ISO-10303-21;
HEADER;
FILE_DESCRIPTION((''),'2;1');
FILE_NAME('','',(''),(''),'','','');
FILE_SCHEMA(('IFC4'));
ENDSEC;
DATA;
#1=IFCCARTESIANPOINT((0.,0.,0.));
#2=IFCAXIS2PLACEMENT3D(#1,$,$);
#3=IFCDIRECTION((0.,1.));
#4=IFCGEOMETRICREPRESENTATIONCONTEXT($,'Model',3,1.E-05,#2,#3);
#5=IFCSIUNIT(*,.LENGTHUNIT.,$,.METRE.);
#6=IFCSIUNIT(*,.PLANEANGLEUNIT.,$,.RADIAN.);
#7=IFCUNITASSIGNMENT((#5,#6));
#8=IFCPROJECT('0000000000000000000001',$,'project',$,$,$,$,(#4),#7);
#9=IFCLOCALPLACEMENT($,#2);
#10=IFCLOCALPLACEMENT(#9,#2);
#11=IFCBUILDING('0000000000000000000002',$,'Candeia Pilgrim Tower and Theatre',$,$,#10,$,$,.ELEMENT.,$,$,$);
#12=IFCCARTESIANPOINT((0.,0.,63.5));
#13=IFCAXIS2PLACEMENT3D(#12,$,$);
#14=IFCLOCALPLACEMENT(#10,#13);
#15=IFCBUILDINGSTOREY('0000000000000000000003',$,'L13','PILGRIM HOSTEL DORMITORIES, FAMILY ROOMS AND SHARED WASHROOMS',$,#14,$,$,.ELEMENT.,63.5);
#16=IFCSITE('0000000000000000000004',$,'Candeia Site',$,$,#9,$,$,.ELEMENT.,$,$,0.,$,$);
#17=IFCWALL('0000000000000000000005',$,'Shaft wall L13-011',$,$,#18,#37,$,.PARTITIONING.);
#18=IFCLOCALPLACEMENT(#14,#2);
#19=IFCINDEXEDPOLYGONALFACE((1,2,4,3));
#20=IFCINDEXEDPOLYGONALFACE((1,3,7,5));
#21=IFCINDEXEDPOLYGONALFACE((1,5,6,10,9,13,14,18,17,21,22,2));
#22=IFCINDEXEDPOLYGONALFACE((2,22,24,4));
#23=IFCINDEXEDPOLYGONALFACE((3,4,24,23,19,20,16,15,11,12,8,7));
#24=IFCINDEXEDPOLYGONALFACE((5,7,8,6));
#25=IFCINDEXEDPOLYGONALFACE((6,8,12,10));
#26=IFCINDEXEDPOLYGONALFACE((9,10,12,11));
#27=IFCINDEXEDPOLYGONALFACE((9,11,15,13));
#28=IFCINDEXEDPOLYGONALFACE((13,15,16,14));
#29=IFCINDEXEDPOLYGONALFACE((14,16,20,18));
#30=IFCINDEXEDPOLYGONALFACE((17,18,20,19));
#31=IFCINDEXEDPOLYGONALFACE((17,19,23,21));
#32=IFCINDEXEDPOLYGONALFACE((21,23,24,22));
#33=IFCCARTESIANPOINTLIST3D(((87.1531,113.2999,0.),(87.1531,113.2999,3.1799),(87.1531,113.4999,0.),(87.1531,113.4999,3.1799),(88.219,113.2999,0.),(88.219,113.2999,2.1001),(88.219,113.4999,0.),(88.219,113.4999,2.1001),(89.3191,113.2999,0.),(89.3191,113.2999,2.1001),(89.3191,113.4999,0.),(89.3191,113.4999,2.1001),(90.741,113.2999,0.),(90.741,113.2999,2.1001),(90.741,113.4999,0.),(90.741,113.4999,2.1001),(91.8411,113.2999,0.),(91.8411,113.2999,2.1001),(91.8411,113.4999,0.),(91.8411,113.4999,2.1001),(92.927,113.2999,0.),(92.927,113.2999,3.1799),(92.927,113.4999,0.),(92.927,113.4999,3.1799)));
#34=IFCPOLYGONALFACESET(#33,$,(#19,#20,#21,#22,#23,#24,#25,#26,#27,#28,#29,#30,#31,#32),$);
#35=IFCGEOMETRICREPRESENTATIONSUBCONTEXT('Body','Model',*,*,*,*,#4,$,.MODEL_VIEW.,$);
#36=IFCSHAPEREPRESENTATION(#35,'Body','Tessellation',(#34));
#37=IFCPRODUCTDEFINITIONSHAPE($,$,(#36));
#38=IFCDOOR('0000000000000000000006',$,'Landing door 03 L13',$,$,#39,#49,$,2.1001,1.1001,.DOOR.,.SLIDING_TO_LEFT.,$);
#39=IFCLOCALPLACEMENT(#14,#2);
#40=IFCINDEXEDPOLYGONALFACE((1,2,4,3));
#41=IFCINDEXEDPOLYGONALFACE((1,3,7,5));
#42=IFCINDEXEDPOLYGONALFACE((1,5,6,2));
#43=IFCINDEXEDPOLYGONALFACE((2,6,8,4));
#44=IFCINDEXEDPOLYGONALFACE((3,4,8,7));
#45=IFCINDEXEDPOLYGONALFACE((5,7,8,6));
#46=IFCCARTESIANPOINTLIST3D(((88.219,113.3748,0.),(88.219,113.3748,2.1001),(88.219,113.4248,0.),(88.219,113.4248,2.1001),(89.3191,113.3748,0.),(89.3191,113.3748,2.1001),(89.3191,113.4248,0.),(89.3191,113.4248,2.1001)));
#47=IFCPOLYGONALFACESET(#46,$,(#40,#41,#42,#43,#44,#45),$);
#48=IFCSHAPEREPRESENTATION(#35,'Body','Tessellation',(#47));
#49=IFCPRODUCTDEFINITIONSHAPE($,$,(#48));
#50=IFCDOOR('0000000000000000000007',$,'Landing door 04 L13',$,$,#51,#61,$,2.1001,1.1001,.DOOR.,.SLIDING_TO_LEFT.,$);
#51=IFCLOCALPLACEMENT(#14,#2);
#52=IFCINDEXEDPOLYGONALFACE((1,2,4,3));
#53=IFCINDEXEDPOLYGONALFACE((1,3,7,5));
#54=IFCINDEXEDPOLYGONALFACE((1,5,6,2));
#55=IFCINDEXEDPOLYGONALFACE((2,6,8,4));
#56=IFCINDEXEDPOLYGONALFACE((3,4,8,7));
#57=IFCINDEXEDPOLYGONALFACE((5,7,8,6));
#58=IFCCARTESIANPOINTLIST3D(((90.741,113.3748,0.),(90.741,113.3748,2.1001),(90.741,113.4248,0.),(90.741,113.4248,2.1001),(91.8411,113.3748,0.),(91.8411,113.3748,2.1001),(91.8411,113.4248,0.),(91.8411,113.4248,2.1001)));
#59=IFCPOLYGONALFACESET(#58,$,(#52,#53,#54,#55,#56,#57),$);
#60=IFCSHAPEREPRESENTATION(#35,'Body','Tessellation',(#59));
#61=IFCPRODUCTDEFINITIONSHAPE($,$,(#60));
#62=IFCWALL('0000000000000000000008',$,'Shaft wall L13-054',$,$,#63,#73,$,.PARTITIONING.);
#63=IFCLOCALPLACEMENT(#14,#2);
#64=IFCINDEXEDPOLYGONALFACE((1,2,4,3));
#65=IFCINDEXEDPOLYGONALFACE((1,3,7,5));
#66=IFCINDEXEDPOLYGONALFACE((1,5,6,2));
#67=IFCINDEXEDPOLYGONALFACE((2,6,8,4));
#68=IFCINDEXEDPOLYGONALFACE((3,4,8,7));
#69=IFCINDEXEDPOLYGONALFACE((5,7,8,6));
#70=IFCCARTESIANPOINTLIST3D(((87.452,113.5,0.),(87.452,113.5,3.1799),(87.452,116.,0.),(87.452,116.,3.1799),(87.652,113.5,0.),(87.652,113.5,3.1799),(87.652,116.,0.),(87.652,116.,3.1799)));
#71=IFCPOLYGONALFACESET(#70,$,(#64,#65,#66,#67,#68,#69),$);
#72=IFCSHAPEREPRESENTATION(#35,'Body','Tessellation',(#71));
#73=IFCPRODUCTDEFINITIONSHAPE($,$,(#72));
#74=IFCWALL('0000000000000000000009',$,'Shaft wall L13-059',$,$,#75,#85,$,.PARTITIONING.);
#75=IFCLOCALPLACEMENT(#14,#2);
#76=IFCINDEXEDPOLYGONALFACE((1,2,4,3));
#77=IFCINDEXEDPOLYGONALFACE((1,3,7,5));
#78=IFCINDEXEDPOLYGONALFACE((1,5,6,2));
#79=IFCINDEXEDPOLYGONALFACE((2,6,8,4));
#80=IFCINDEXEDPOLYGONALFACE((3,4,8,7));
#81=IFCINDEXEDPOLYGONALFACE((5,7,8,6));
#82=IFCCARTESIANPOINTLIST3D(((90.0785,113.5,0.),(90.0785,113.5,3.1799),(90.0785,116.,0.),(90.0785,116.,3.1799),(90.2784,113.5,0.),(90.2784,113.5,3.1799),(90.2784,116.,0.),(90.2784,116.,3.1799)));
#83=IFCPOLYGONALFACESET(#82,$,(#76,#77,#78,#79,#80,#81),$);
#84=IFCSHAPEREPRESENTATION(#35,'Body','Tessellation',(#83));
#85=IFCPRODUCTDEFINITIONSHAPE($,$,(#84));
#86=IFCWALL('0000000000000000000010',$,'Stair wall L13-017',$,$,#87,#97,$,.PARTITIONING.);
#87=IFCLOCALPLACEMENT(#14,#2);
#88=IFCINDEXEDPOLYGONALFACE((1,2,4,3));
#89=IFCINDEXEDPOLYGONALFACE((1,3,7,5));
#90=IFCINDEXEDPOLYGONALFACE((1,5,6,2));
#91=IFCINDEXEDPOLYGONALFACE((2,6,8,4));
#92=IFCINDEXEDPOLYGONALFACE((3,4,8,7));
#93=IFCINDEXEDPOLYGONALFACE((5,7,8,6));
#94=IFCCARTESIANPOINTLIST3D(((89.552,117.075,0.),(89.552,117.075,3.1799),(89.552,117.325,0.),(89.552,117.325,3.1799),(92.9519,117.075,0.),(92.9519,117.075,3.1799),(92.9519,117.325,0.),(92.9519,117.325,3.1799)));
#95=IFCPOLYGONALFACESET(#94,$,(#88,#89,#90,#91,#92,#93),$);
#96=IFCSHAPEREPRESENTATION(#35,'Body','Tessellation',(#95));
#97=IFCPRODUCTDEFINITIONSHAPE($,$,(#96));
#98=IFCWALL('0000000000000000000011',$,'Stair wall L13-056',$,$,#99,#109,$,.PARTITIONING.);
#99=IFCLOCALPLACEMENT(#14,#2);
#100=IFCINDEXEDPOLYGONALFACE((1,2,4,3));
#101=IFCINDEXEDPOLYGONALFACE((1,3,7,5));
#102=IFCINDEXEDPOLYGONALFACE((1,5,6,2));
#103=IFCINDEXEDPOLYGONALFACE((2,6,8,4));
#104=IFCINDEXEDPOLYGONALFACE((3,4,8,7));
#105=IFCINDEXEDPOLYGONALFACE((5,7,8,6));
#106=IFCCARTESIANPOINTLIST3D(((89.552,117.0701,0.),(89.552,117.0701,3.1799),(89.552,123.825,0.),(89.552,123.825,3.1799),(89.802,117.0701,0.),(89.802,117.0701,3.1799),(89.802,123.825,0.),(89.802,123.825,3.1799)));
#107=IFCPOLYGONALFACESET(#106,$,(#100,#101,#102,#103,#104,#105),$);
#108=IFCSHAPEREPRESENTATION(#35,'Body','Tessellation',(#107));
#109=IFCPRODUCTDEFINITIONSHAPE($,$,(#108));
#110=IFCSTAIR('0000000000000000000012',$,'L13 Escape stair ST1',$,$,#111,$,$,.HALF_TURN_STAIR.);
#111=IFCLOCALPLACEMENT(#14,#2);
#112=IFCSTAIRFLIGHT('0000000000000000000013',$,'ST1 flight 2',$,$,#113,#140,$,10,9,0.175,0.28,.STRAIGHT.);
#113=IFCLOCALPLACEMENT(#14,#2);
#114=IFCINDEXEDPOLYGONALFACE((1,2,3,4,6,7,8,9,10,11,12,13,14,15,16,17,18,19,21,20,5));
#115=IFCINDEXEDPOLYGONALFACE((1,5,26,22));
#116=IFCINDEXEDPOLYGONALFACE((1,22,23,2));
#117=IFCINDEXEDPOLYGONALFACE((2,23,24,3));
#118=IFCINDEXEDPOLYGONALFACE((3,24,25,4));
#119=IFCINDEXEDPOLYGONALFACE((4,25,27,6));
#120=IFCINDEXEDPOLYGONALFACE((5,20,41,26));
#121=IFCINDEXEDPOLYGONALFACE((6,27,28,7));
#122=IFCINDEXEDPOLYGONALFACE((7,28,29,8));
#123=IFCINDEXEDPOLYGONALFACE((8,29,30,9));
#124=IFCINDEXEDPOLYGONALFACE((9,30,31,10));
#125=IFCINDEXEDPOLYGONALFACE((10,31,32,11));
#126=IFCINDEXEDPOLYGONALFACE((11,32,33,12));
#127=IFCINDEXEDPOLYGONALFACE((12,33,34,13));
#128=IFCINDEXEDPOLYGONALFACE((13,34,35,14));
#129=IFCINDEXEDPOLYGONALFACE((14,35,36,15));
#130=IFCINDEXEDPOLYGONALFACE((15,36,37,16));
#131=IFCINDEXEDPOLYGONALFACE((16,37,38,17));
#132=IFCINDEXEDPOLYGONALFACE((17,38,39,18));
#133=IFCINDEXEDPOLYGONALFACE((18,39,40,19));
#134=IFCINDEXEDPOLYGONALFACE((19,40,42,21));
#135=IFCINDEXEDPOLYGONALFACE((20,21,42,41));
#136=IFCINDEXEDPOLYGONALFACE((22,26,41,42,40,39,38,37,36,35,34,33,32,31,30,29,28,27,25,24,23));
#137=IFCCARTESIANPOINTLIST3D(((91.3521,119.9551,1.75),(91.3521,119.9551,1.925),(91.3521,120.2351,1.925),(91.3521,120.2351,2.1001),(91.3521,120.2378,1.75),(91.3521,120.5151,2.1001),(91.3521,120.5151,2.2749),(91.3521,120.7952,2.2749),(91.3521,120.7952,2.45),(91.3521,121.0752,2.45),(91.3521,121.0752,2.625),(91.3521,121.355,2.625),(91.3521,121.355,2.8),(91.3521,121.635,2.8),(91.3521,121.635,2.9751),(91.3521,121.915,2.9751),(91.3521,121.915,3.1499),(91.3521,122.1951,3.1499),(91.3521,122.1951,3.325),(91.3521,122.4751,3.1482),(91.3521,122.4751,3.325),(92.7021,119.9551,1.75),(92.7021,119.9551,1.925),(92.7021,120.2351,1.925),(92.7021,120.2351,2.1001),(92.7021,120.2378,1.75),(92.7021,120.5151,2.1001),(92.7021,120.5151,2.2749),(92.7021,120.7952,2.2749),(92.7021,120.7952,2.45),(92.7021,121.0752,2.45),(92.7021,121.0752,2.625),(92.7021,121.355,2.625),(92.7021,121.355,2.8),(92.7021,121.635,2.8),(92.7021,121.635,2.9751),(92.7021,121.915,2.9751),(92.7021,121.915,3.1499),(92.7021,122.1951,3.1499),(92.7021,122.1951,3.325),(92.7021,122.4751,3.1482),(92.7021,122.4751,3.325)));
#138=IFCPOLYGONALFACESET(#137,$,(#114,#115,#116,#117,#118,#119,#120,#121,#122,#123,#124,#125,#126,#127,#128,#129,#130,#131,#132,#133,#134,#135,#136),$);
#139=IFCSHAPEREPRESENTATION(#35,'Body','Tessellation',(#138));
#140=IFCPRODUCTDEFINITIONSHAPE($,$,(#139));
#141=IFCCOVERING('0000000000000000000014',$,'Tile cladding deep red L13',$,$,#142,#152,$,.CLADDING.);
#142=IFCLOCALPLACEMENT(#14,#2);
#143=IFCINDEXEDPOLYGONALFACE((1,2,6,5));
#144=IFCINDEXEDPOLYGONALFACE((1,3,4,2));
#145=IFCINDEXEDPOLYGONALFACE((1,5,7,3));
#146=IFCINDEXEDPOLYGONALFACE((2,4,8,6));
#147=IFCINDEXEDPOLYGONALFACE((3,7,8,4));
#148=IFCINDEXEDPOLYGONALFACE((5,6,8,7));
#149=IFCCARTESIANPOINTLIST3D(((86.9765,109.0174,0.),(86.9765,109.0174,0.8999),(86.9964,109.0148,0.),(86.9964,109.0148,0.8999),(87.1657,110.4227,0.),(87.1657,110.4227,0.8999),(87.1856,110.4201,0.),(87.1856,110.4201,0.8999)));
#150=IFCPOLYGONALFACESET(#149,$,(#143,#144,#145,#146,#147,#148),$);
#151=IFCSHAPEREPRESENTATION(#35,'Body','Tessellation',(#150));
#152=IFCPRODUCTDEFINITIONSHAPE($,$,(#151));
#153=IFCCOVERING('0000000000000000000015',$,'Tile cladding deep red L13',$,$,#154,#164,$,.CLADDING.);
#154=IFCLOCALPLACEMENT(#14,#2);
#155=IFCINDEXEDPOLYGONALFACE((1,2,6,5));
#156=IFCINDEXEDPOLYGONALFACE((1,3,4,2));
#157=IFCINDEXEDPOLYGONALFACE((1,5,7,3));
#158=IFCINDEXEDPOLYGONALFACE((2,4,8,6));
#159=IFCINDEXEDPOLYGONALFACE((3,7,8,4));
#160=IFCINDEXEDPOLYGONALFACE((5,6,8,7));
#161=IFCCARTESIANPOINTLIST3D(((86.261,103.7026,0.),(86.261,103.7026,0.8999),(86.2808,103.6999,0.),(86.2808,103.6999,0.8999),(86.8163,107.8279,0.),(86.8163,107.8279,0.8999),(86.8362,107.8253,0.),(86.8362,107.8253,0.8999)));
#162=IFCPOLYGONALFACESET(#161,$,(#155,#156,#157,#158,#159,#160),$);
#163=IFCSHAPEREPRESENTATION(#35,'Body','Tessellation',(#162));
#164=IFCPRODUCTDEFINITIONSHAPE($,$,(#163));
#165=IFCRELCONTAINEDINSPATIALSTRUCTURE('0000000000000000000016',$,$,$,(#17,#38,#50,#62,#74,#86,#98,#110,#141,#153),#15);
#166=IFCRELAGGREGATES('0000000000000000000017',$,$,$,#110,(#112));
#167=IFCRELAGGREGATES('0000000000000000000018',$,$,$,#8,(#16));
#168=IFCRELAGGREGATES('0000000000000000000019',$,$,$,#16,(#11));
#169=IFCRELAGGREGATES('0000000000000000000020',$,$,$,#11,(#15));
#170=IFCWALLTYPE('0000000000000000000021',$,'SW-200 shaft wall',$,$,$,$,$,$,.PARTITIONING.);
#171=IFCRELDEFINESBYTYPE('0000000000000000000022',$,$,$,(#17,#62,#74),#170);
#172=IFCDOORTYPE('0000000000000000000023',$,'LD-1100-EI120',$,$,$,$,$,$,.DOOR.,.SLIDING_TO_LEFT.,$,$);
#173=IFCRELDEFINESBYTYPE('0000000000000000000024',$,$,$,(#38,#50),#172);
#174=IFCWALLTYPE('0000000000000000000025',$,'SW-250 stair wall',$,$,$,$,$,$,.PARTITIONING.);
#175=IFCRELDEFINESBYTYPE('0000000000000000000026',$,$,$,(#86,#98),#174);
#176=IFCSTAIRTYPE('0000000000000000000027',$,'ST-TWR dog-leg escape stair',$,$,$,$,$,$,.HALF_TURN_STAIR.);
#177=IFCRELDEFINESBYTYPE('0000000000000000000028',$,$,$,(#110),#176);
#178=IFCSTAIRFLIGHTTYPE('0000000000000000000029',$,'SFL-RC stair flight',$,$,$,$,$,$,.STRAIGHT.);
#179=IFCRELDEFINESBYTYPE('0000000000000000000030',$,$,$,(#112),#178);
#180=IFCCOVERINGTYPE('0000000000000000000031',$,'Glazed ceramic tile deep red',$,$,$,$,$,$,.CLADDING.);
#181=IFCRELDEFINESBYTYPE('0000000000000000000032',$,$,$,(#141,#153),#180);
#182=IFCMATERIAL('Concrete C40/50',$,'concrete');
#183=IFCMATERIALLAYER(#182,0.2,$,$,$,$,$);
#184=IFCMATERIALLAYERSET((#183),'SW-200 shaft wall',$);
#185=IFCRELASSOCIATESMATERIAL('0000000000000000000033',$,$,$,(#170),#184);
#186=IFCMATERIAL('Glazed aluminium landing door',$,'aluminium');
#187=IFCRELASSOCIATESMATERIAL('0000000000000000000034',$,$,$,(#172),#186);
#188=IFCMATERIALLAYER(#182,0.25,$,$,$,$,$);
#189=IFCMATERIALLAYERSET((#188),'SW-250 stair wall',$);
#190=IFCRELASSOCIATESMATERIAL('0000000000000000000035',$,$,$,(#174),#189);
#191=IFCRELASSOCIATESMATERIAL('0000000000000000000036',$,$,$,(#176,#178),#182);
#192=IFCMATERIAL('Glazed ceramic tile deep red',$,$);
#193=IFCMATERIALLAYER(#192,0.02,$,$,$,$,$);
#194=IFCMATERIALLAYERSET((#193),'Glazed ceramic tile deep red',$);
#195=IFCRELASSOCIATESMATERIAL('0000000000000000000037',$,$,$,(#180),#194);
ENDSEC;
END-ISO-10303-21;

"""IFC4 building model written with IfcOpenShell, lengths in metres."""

from ifc_helpers import new_model, si_unit, direction, frame, frame_2d, origin, origin_2d, place, context, subcontext, project, spatial, polyline, rectangle, outline, extrude, material, layer, layer_set, type_object, element, fill, aggregate, save


model = new_model("IFC4")

# Units and contexts
model_context = context("Model", 3, precision=1e-05, world=origin(), true_north=direction((0.0, 1.0)))
body_context = subcontext(model_context, "Body", "Model", "MODEL_VIEW")
ifc_project = project(units=[si_unit("LENGTHUNIT", "METRE"), si_unit("PLANEANGLEUNIT", "RADIAN")], contexts=[model_context])

# Site, building, storey
site_placement = place(None, origin())
site = spatial("IfcSite", under=ifc_project, at=site_placement, Name="Candeia Site", CompositionType="ELEMENT", RefElevation=0.0)
building_placement = place(site_placement, origin())
building = spatial("IfcBuilding", under=site, at=building_placement, Name="Candeia Pilgrim Tower and Theatre", CompositionType="ELEMENT")
storey_placement = place(building_placement, frame((0.0, 0.0, 63.5)))
storey = spatial("IfcBuildingStorey", under=building, at=storey_placement, Name="L13", Description="PILGRIM HOSTEL DORMITORIES, FAMILY ROOMS AND SHARED WASHROOMS", CompositionType="ELEMENT", Elevation=63.5)

# Wall, openings, doors
ifc_material_1 = material(Name="Concrete C40/50", Category="concrete")
ifc_layer_1 = layer(ifc_material_1, 0.2)
ifc_layer_set_1 = layer_set([ifc_layer_1], Name="SW-200 shaft wall")
wall_type_1 = type_object("IfcWallType", Name="SW-200 shaft wall", PredefinedType="PARTITIONING", material=ifc_layer_set_1)
wall_1_placement = place(storey_placement, frame((87.1531, 113.3999, 0.0), z_axis=(0.0, 0.0, 1.0), x_axis=(1.0, 0.0, 0.0)))
wall_1 = element("IfcWall", 1, at=wall_1_placement, inside=storey, type_object=wall_type_1, Name="Shaft wall L13-011", PredefinedType="PARTITIONING", context=body_context, shape_type="SweptSolid", body=[
    extrude(rectangle(XDim=5.7739, YDim=0.2, at=frame_2d((2.887, 0.0))), origin(), (0.0, 0.0, 1.0), 3.1799),
])
opening_1_placement = place(wall_1_placement, frame((1.0659, 0.0, 0.0)))
opening_1 = element("IfcOpeningElement", 2, at=opening_1_placement, cuts=wall_1, PredefinedType="OPENING", context=body_context, shape_type="SweptSolid", body=[
    extrude(rectangle(XDim=1.1001, YDim=2.1001, at=frame_2d((0.55, 1.05))), frame((0.0, 0.1099, 0.0), z_axis=(0.0, -1.0, 0.0), x_axis=(1.0, 0.0, 0.0)), (0.0, 0.0, 1.0), 0.22),
])
opening_2_placement = place(wall_1_placement, frame((3.5879, 0.0, 0.0)))
opening_2 = element("IfcOpeningElement", 3, at=opening_2_placement, cuts=wall_1, PredefinedType="OPENING", context=body_context, shape_type="SweptSolid", body=[
    extrude(rectangle(XDim=1.1001, YDim=2.1001, at=frame_2d((0.55, 1.05))), frame((0.0, 0.1099, 0.0), z_axis=(0.0, -1.0, 0.0), x_axis=(1.0, 0.0, 0.0)), (0.0, 0.0, 1.0), 0.22),
])
ifc_material_2 = material(Name="Glazed aluminium landing door", Category="aluminium")
door_type_1 = type_object("IfcDoorType", Name="LD-1100-EI120", OperationType="SLIDING_TO_LEFT", PredefinedType="DOOR", material=ifc_material_2)
door_1_placement = place(opening_1_placement, origin())
door_1 = element("IfcDoor", 4, at=door_1_placement, inside=storey, type_object=door_type_1, Name="Landing door 03 L13", OperationType="SLIDING_TO_LEFT", OverallHeight=2.1001, OverallWidth=1.1001, PredefinedType="DOOR", context=body_context, shape_type="SweptSolid", body=[
    extrude(rectangle(XDim=1.1001, YDim=2.1001, at=frame_2d((0.55, 1.05))), frame((0.0, 0.0249, 0.0), z_axis=(0.0, -1.0, 0.0), x_axis=(1.0, 0.0, 0.0)), (0.0, 0.0, 1.0), 0.05),
])
fill(opening_1, door_1)
door_2_placement = place(opening_2_placement, origin())
door_2 = element("IfcDoor", 5, at=door_2_placement, inside=storey, type_object=door_type_1, Name="Landing door 04 L13", OperationType="SLIDING_TO_LEFT", OverallHeight=2.1001, OverallWidth=1.1001, PredefinedType="DOOR", context=body_context, shape_type="SweptSolid", body=[
    extrude(rectangle(XDim=1.1001, YDim=2.1001, at=frame_2d((0.55, 1.05))), frame((0.0, 0.0249, 0.0), z_axis=(0.0, -1.0, 0.0), x_axis=(1.0, 0.0, 0.0)), (0.0, 0.0, 1.0), 0.05),
])
fill(opening_2, door_2)

# Walls
for number, where, z_axis, x_axis, name in (
    (6, (87.552, 113.5, 0.0), (0.0, 0.0, 1.0), (0.0, 1.0, 0.0), "Shaft wall L13-054"),
    (7, (90.1785, 113.5, 0.0), (0.0, 0.0, 1.0), (0.0, 1.0, 0.0), "Shaft wall L13-059"),
):
    element("IfcWall", number, at=place(storey_placement, frame(where, z_axis=z_axis, x_axis=x_axis)), inside=storey, type_object=wall_type_1, Name=name, PredefinedType="PARTITIONING", context=body_context, shape_type="SweptSolid", body=[
        extrude(rectangle(XDim=2.5, YDim=0.2, at=frame_2d((1.25, 0.0))), origin(), (0.0, 0.0, 1.0), 3.1799),
    ])
ifc_layer_2 = layer(ifc_material_1, 0.25)
ifc_layer_set_2 = layer_set([ifc_layer_2], Name="SW-250 stair wall")
wall_type_2 = type_object("IfcWallType", Name="SW-250 stair wall", PredefinedType="PARTITIONING", material=ifc_layer_set_2)
wall_2_placement = place(storey_placement, frame((89.552, 117.2, 0.0), z_axis=(0.0, 0.0, 1.0), x_axis=(1.0, 0.0, 0.0)))
element("IfcWall", 8, at=wall_2_placement, inside=storey, type_object=wall_type_2, Name="Stair wall L13-017", PredefinedType="PARTITIONING", context=body_context, shape_type="SweptSolid", body=[
    extrude(rectangle(XDim=3.3999, YDim=0.25, at=frame_2d((1.7, 0.0))), origin(), (0.0, 0.0, 1.0), 3.1799),
])
wall_3_placement = place(storey_placement, frame((89.677, 117.0701, 0.0), z_axis=(0.0, 0.0, 1.0), x_axis=(0.0, 1.0, 0.0)))
element("IfcWall", 9, at=wall_3_placement, inside=storey, type_object=wall_type_2, Name="Stair wall L13-056", PredefinedType="PARTITIONING", context=body_context, shape_type="SweptSolid", body=[
    extrude(rectangle(XDim=6.7549, YDim=0.25, at=frame_2d((3.3774, 0.0))), origin(), (0.0, 0.0, 1.0), 3.1799),
])

# Stair, stair flight
stair_type = type_object("IfcStairType", Name="ST-TWR dog-leg escape stair", PredefinedType="HALF_TURN_STAIR", material=ifc_material_1)
stair_placement = place(storey_placement, origin())
stair = element("IfcStair", 10, at=stair_placement, inside=storey, type_object=stair_type, Name="L13 Escape stair ST1", PredefinedType="HALF_TURN_STAIR")
stair_flight_type = type_object("IfcStairFlightType", Name="SFL-RC stair flight", PredefinedType="STRAIGHT", material=ifc_material_1)
stair_flight_placement = place(storey_placement, frame((92.0271, 119.9551, 1.75), z_axis=(0.0, 0.0, 1.0), x_axis=(0.0, 1.0, 0.0)))
stair_flight = element("IfcStairFlight", 11, at=stair_flight_placement, type_object=stair_flight_type, Name="ST1 flight 2", NumberOfRisers=10, NumberOfTreads=9, PredefinedType="STRAIGHT", RiserHeight=0.175, TreadLength=0.28, context=body_context, shape_type="SweptSolid", body=[
    extrude(outline(polyline([(0.0, 0.0), (0.0, 0.175), (0.28, 0.175), (0.28, 0.3501), (0.5601, 0.3501), (0.5601, 0.5249), (0.8401, 0.5249), (0.8401, 0.7), (1.1201, 0.7), (1.1201, 0.875), (1.3999, 0.875), (1.3999, 1.05), (1.6799, 1.05), (1.6799, 1.2251), (1.96, 1.2251), (1.96, 1.3999), (2.24, 1.3999), (2.24, 1.575), (2.52, 1.575), (2.52, 1.75), (2.52, 1.3982), (0.2827, 0.0), (0.0, 0.0)])), frame((0.0, 0.675, 0.0), z_axis=(0.0, -1.0, 0.0), x_axis=(1.0, 0.0, 0.0)), (0.0, 0.0, 1.0), 1.3501),
])
aggregate(stair, [stair_flight])

# Coverings
ifc_material_3 = material(Name="Glazed ceramic tile deep red")
ifc_layer_3 = layer(ifc_material_3, 0.02)
ifc_layer_set_3 = layer_set([ifc_layer_3], Name="Glazed ceramic tile deep red")
covering_type = type_object("IfcCoveringType", Name="Glazed ceramic tile deep red", PredefinedType="CLADDING", material=ifc_layer_set_3)
covering_1_placement = place(storey_placement, frame((87.0811, 109.7188, 0.0), z_axis=(0.0, 0.0, 1.0), x_axis=(-0.133412, -0.991061, 0.0)))
element("IfcCovering", 12, at=covering_1_placement, inside=storey, type_object=covering_type, Name="Tile cladding deep red L13", PredefinedType="CLADDING", context=body_context, shape_type="SweptSolid", body=[
    extrude(rectangle(XDim=1.418, YDim=0.02, at=origin_2d()), origin(), (0.0, 0.0, 1.0), 0.8999),
])
covering_2_placement = place(storey_placement, frame((86.5486, 105.7639, 0.0), z_axis=(0.0, 0.0, 1.0), x_axis=(-0.133412, -0.991061, 0.0)))
element("IfcCovering", 13, at=covering_2_placement, inside=storey, type_object=covering_type, Name="Tile cladding deep red L13", PredefinedType="CLADDING", context=body_context, shape_type="SweptSolid", body=[
    extrude(rectangle(XDim=4.1626, YDim=0.02, at=origin_2d()), origin(), (0.0, 0.0, 1.0), 0.8999),
])

save(model, "model.ifc")
